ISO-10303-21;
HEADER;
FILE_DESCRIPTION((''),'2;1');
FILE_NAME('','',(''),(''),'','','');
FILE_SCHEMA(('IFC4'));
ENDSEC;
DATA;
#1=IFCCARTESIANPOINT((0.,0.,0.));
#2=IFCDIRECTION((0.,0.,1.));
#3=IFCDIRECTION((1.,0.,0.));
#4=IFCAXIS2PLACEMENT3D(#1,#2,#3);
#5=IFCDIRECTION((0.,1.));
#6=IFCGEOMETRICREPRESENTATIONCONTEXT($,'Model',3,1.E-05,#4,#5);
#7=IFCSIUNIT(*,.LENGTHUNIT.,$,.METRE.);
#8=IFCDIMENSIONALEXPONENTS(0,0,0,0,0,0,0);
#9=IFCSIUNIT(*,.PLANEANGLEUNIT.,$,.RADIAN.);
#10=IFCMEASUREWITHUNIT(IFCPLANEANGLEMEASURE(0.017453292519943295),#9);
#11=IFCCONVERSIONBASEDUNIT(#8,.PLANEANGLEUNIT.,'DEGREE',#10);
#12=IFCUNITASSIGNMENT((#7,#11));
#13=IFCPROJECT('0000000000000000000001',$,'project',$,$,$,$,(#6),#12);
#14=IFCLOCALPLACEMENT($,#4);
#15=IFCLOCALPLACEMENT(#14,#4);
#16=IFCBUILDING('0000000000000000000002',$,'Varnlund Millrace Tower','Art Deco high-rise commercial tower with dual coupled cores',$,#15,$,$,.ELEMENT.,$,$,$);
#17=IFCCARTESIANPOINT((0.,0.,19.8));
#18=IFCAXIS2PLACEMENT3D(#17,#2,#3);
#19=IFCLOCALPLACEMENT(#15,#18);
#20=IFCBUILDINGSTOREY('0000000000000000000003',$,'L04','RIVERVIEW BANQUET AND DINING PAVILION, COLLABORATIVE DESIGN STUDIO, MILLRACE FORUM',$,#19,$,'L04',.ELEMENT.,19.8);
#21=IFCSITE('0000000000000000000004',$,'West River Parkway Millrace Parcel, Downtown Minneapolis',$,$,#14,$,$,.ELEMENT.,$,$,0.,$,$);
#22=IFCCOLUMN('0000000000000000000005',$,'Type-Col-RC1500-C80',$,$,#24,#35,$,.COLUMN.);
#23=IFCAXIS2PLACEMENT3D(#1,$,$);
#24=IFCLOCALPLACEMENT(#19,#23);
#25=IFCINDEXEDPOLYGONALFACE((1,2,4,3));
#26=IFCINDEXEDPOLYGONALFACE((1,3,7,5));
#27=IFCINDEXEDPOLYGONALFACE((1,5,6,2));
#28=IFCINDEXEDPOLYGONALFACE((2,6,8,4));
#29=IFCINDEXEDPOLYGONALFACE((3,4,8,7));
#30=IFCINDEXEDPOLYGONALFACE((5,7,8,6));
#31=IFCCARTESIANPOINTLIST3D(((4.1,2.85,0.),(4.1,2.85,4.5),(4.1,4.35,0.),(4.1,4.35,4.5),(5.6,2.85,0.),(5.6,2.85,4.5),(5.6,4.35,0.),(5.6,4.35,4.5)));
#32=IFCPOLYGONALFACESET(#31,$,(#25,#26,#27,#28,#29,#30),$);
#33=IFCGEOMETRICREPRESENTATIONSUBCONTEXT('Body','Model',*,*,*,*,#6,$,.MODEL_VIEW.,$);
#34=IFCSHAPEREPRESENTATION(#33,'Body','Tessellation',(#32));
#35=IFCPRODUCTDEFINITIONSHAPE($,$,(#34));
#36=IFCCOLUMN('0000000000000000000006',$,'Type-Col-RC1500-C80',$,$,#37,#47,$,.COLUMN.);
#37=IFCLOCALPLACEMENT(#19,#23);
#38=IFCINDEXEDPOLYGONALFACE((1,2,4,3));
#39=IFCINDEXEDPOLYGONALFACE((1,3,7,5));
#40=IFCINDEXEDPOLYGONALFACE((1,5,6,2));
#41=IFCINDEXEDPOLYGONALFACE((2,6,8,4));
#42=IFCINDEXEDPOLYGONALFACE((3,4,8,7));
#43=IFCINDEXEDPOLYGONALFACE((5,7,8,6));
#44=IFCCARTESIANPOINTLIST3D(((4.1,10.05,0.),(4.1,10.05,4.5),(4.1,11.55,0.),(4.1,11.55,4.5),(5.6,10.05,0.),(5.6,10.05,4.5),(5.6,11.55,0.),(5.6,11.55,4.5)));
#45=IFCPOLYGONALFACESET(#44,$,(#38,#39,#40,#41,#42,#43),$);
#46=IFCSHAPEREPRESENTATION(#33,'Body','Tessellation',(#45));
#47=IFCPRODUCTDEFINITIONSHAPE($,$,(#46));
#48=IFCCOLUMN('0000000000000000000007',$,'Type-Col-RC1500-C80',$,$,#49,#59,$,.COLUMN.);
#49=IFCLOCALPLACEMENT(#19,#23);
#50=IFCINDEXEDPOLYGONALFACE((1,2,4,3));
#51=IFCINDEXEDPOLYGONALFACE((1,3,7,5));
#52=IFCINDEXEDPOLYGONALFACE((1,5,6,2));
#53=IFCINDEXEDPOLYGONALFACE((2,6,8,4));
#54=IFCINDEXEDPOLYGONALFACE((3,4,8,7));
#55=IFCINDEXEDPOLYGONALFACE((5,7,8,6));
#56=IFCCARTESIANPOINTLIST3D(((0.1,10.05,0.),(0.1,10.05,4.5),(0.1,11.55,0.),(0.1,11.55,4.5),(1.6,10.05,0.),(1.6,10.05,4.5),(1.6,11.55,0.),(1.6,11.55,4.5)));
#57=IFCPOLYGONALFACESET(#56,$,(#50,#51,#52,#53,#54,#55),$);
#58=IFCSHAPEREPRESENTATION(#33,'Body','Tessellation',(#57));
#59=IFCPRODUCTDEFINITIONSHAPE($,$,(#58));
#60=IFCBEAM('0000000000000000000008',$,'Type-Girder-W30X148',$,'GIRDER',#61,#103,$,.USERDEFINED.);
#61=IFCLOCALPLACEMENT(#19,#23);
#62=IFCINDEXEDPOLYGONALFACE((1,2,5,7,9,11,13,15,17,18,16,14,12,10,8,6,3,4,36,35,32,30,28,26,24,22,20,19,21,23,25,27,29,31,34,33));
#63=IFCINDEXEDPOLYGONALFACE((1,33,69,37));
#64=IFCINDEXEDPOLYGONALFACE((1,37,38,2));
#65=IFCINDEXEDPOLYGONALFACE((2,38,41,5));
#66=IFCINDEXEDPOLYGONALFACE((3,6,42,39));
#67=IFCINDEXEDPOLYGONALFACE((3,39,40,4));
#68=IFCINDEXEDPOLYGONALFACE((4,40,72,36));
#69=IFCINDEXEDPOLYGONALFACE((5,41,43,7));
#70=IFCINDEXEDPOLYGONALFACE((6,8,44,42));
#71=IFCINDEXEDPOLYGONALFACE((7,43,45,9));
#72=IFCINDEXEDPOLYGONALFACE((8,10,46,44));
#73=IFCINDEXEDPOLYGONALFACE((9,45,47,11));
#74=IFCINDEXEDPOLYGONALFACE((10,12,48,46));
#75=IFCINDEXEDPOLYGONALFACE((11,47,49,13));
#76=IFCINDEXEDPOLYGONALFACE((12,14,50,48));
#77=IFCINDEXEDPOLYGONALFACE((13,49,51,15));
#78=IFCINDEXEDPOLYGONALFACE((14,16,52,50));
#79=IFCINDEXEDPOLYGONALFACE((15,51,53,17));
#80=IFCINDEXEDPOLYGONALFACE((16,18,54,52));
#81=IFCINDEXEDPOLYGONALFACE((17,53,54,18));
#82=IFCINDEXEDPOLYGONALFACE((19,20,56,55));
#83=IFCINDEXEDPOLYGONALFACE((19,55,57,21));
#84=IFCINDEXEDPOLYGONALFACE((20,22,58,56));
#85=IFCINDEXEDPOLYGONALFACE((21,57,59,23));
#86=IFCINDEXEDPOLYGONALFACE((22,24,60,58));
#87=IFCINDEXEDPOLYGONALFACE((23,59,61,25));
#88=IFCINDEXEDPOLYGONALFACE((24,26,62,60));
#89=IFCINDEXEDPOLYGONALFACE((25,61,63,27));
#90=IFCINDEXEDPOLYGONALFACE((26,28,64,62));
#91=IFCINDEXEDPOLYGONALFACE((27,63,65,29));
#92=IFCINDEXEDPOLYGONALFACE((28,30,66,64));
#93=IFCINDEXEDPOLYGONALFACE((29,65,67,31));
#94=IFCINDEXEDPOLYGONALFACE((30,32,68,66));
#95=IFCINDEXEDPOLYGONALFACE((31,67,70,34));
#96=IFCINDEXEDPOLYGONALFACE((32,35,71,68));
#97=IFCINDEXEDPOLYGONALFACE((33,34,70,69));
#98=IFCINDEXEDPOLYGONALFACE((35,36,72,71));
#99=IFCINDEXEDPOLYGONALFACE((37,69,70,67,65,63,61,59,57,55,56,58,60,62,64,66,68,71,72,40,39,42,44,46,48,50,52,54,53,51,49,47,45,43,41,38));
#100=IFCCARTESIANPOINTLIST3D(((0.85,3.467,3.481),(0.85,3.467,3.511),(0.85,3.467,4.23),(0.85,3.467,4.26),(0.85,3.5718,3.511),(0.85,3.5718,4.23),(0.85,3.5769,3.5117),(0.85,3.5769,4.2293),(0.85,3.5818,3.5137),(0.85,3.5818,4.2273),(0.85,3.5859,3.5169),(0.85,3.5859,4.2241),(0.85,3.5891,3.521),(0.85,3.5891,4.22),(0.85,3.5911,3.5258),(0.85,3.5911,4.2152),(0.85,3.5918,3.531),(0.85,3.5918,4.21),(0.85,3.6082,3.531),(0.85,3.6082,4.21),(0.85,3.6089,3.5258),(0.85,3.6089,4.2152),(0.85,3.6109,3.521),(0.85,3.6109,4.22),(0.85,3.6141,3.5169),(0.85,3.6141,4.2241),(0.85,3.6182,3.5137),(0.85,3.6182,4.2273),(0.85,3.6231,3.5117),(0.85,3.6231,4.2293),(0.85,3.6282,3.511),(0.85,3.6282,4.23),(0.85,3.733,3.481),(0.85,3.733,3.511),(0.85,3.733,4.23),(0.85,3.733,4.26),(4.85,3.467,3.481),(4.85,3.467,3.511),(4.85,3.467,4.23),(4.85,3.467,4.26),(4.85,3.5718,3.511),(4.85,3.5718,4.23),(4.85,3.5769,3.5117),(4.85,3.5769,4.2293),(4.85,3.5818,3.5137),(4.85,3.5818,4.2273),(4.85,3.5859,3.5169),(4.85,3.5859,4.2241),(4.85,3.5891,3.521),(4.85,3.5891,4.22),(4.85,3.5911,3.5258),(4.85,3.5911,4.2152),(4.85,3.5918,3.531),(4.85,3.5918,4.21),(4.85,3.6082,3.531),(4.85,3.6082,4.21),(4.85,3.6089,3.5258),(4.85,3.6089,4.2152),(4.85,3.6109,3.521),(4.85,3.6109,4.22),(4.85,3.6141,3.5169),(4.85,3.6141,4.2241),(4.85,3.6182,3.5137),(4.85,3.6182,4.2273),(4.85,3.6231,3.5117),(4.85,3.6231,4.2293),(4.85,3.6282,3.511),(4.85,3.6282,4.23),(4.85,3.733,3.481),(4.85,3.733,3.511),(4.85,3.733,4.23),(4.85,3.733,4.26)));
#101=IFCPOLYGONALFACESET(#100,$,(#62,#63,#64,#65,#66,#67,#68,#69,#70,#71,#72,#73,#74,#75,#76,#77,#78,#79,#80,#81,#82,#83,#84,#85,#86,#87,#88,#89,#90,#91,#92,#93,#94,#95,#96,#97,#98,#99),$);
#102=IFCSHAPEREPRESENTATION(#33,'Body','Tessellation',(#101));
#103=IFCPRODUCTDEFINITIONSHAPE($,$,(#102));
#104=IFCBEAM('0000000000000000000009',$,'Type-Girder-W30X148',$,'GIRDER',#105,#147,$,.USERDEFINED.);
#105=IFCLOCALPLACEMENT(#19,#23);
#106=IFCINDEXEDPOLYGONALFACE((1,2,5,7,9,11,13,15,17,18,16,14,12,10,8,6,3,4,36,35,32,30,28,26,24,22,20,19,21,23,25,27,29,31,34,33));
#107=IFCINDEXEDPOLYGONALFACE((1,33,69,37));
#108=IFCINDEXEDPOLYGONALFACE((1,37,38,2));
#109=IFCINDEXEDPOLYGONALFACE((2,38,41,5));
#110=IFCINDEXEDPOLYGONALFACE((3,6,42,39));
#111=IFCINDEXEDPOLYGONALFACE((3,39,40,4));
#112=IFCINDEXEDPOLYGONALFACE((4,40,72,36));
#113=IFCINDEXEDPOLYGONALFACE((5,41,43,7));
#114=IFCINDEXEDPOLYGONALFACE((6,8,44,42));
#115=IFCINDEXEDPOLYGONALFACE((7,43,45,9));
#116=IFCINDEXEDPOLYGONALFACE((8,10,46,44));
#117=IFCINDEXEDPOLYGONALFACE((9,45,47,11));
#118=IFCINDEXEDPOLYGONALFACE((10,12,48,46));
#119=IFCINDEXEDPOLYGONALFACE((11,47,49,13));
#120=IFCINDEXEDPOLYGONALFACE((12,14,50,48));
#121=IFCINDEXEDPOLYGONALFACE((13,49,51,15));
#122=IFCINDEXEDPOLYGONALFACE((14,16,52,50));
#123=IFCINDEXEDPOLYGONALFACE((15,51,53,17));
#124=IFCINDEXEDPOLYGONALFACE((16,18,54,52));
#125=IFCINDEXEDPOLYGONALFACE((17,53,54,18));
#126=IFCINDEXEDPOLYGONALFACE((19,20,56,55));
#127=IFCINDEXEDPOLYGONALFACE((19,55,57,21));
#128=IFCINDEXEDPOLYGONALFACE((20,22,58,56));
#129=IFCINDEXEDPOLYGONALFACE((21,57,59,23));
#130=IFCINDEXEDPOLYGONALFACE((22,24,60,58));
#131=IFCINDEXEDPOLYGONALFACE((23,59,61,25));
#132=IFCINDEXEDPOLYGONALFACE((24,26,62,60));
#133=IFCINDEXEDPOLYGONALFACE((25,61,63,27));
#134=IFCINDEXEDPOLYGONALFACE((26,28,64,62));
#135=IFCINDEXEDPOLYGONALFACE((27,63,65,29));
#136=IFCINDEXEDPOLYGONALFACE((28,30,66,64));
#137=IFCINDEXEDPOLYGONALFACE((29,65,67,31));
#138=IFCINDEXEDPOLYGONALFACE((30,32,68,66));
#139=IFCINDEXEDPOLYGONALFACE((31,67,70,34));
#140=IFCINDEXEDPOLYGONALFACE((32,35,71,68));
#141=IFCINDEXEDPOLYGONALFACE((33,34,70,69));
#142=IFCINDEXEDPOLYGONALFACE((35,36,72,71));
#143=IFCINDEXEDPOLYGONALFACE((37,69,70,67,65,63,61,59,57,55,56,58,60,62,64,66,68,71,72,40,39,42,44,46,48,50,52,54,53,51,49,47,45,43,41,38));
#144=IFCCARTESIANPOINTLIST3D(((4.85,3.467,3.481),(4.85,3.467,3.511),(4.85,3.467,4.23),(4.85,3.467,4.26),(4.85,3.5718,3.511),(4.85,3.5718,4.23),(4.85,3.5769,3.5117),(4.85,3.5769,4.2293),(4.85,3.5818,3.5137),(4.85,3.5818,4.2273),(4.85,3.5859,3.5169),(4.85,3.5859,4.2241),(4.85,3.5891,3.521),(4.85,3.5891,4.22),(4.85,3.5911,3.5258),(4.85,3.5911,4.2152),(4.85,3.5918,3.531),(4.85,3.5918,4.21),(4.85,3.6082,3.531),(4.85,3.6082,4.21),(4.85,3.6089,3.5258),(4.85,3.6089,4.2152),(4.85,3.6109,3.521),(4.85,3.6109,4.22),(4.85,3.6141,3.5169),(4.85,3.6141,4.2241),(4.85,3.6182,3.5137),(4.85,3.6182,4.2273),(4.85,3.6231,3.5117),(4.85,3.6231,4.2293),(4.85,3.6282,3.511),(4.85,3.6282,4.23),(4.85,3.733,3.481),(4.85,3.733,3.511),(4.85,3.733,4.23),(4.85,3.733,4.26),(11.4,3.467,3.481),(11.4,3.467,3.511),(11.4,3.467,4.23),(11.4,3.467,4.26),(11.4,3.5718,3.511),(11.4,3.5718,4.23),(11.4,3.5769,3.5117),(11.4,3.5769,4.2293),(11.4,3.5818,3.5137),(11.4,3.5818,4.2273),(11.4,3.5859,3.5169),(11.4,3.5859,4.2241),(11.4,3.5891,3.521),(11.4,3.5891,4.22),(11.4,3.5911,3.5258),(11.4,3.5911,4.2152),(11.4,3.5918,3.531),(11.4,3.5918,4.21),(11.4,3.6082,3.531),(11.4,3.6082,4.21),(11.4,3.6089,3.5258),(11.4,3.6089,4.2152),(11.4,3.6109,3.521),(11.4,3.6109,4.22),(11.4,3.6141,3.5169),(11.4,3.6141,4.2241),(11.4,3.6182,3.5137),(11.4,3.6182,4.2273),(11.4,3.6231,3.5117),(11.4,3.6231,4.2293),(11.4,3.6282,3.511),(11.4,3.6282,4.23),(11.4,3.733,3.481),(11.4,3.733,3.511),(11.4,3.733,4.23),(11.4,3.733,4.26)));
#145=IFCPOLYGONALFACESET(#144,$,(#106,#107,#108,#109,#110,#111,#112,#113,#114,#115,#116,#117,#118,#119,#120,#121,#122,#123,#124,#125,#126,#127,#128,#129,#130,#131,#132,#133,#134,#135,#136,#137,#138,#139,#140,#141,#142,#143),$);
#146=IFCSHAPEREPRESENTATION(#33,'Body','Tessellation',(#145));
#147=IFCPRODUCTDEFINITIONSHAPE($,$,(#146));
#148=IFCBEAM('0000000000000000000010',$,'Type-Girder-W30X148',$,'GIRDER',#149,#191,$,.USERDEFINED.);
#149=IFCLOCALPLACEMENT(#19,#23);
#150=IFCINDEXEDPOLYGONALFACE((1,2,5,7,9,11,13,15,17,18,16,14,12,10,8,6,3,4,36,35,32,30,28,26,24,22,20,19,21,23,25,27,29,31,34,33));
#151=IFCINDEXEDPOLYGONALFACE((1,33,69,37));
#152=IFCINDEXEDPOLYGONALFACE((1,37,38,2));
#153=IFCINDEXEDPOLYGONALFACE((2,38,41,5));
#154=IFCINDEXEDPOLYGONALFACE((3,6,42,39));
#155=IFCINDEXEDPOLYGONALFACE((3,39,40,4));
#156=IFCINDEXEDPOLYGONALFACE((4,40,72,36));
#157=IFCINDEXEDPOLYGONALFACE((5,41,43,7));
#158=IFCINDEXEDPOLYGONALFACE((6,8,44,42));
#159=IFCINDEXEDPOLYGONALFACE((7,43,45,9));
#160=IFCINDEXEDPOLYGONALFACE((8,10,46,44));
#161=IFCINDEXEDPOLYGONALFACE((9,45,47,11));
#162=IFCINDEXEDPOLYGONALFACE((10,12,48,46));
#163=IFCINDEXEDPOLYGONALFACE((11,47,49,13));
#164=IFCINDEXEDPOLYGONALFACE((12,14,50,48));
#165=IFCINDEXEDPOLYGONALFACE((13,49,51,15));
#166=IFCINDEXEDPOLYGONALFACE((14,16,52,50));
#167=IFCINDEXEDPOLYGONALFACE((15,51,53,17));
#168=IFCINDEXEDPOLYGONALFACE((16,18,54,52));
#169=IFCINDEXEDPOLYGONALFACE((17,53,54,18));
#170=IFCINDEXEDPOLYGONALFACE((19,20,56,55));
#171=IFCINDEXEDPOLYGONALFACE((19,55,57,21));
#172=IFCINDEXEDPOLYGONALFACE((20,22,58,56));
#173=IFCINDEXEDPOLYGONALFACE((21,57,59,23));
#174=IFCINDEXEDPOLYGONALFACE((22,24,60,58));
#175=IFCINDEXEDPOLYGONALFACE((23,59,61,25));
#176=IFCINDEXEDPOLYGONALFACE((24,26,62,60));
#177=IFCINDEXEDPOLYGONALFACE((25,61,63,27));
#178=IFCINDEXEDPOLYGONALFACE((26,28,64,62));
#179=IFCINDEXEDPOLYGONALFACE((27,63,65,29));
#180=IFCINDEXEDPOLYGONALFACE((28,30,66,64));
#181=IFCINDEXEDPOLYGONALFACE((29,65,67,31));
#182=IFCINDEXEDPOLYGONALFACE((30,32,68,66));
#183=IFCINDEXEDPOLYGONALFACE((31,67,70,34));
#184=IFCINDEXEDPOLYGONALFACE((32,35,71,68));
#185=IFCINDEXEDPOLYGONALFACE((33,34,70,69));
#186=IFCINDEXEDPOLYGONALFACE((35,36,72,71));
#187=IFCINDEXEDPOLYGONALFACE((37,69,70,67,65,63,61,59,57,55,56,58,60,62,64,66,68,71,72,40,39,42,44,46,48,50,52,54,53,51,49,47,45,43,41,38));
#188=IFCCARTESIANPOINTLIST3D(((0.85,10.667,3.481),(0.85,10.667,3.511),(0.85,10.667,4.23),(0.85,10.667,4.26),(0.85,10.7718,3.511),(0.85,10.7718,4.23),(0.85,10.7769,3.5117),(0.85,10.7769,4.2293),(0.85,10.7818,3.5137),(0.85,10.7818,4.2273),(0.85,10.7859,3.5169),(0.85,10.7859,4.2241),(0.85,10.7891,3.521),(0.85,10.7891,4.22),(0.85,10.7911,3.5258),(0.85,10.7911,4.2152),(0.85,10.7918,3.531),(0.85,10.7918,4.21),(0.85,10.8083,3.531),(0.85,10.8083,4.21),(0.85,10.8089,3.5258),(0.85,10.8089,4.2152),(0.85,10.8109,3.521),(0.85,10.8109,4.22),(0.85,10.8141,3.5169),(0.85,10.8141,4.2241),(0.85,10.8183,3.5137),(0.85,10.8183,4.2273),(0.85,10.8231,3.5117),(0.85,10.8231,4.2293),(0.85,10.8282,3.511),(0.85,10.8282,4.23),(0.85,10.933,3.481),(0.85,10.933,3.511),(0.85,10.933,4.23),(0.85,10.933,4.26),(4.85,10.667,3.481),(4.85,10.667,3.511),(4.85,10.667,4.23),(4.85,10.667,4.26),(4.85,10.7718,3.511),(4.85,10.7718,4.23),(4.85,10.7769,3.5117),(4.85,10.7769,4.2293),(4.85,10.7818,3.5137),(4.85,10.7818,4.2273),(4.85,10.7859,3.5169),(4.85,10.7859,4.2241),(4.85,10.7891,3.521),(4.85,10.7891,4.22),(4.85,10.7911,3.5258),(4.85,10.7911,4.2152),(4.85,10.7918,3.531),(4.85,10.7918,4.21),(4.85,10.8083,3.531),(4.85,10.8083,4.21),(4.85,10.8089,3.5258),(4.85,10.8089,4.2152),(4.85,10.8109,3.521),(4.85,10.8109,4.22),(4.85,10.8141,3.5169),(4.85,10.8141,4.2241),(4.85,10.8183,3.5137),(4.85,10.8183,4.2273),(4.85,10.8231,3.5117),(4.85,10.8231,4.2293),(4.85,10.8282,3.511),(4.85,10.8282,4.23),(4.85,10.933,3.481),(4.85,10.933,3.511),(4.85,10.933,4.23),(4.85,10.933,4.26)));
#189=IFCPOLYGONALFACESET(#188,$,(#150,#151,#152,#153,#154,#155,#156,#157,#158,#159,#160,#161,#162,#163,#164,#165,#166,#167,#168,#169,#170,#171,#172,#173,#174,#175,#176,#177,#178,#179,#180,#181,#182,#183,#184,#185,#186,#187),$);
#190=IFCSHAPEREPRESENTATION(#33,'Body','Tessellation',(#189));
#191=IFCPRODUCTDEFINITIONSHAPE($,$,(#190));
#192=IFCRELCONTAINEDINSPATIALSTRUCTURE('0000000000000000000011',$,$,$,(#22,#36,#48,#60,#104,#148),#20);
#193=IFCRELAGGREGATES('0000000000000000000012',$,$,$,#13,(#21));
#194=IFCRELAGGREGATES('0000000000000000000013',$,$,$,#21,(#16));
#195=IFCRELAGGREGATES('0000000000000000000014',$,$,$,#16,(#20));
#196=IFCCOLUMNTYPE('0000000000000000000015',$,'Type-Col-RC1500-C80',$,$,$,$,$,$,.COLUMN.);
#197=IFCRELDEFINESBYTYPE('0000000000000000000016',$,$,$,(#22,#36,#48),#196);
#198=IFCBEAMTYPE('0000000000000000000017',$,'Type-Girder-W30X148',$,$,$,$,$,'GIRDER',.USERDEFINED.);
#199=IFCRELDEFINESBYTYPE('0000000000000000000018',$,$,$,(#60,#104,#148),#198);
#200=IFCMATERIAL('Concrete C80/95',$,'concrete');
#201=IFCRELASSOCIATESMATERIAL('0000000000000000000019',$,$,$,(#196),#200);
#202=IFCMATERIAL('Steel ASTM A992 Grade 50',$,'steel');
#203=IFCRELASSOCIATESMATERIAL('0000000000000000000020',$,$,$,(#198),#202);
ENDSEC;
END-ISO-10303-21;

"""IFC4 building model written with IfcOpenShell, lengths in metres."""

from ifc_helpers import new_model, entity, si_unit, converted_unit, direction, frame, origin_with_axes, origin_2d_with_axis, place, context, subcontext, project, spatial, rectangle, i_section, extrude, material, material_profile, profile_set, type_object, element, save


model = new_model("IFC4")

# Units and contexts
model_context = context("Model", 3, precision=1e-05, world=origin_with_axes(), true_north=direction((0.0, 1.0)))
body_context = subcontext(model_context, "Body", "Model", "MODEL_VIEW")
ifc_project = project(units=[si_unit("LENGTHUNIT", "METRE"), converted_unit("PLANEANGLEUNIT", "DEGREE", entity("IfcPlaneAngleMeasure", 0.017453292519943295), si_unit("PLANEANGLEUNIT", "RADIAN"), dimensions=[0, 0, 0, 0, 0, 0, 0])], contexts=[model_context])

# Site, building, storey
site_placement = place(None, origin_with_axes())
site = spatial("IfcSite", under=ifc_project, at=site_placement, Name="West River Parkway Millrace Parcel, Downtown Minneapolis", CompositionType="ELEMENT", RefElevation=0.0)
building_placement = place(site_placement, origin_with_axes())
building = spatial("IfcBuilding", under=site, at=building_placement, Name="Varnlund Millrace Tower", Description="Art Deco high-rise commercial tower with dual coupled cores", CompositionType="ELEMENT")
storey_placement = place(building_placement, frame((0.0, 0.0, 19.8), z_axis=(0.0, 0.0, 1.0), x_axis=(1.0, 0.0, 0.0)))
storey = spatial("IfcBuildingStorey", under=building, at=storey_placement, Name="L04", Description="RIVERVIEW BANQUET AND DINING PAVILION, COLLABORATIVE DESIGN STUDIO, MILLRACE FORUM", LongName="L04", CompositionType="ELEMENT", Elevation=19.8)

# Columns
ifc_material_1 = material(Name="Concrete C80/95", Category="concrete")
ifc_material_profile_1 = material_profile(ifc_material_1, rectangle(XDim=1.5, YDim=1.5, at=origin_2d_with_axis()), Name="Concrete C80/95")
ifc_profile_set_1 = profile_set([ifc_material_profile_1], Name="Concrete C80/95")
column_type = type_object("IfcColumnType", Name="Type-Col-RC1500-C80", PredefinedType="COLUMN", material=ifc_profile_set_1)
for number, where, z_axis, x_axis, name in (
    (1, (4.85, 3.6, 0.0), (0.0, 0.0, 1.0), (1.0, 0.0, 0.0), "Type-Col-RC1500-C80"),
    (2, (4.85, 10.8, 0.0), (0.0, 0.0, 1.0), (1.0, 0.0, 0.0), "Type-Col-RC1500-C80"),
    (3, (0.85, 10.8, 0.0), (0.0, 0.0, 1.0), (1.0, 0.0, 0.0), "Type-Col-RC1500-C80"),
):
    element("IfcColumn", number, at=place(storey_placement, frame(where, z_axis=z_axis, x_axis=x_axis)), inside=storey, type_object=column_type, Name=name, PredefinedType="COLUMN", context=body_context, shape_type="SweptSolid", body=[
        extrude(rectangle(XDim=1.5, YDim=1.5, at=origin_2d_with_axis()), origin_with_axes(), (0.0, 0.0, 1.0), 4.5),
    ])

# Beams
ifc_material_2 = material(Name="Steel ASTM A992 Grade 50", Category="steel")
ifc_material_profile_2 = material_profile(ifc_material_2, i_section(OverallWidth=0.266, OverallDepth=0.779, WebThickness=0.0165, FlangeThickness=0.03, FilletRadius=0.02, at=origin_2d_with_axis()), Name="Steel ASTM A992 Grade 50")
ifc_profile_set_2 = profile_set([ifc_material_profile_2], Name="Steel ASTM A992 Grade 50")
beam_type_1 = type_object("IfcBeamType", Name="Type-Girder-W30X148", ElementType="GIRDER", PredefinedType="USERDEFINED", material=ifc_profile_set_2)
beam_1_placement = place(storey_placement, frame((0.85, 3.6, 3.8705), z_axis=(1.0, 0.0, 0.0), x_axis=(0.0, 1.0, 0.0)))
element("IfcBeam", 4, at=beam_1_placement, inside=storey, type_object=beam_type_1, Name="Type-Girder-W30X148", ObjectType="GIRDER", PredefinedType="USERDEFINED", context=body_context, shape_type="SweptSolid", body=[
    extrude(i_section(OverallWidth=0.266, OverallDepth=0.779, WebThickness=0.0165, FlangeThickness=0.03, FilletRadius=0.02, at=origin_2d_with_axis()), origin_with_axes(), (0.0, 0.0, 1.0), 4.0),
])
beam_2_placement = place(storey_placement, frame((4.85, 3.6, 3.8705), z_axis=(1.0, 0.0, 0.0), x_axis=(0.0, 1.0, 0.0)))
element("IfcBeam", 5, at=beam_2_placement, inside=storey, type_object=beam_type_1, Name="Type-Girder-W30X148", ObjectType="GIRDER", PredefinedType="USERDEFINED", context=body_context, shape_type="SweptSolid", body=[
    extrude(i_section(OverallWidth=0.266, OverallDepth=0.779, WebThickness=0.0165, FlangeThickness=0.03, FilletRadius=0.02, at=origin_2d_with_axis()), origin_with_axes(), (0.0, 0.0, 1.0), 6.55),
])
beam_3_placement = place(storey_placement, frame((0.85, 10.8, 3.8705), z_axis=(1.0, 0.0, 0.0), x_axis=(0.0, 1.0, 0.0)))
element("IfcBeam", 6, at=beam_3_placement, inside=storey, type_object=beam_type_1, Name="Type-Girder-W30X148", ObjectType="GIRDER", PredefinedType="USERDEFINED", context=body_context, shape_type="SweptSolid", body=[
    extrude(i_section(OverallWidth=0.266, OverallDepth=0.779, WebThickness=0.0165, FlangeThickness=0.03, FilletRadius=0.02, at=origin_2d_with_axis()), origin_with_axes(), (0.0, 0.0, 1.0), 4.0),
])

save(model, "model.ifc")
